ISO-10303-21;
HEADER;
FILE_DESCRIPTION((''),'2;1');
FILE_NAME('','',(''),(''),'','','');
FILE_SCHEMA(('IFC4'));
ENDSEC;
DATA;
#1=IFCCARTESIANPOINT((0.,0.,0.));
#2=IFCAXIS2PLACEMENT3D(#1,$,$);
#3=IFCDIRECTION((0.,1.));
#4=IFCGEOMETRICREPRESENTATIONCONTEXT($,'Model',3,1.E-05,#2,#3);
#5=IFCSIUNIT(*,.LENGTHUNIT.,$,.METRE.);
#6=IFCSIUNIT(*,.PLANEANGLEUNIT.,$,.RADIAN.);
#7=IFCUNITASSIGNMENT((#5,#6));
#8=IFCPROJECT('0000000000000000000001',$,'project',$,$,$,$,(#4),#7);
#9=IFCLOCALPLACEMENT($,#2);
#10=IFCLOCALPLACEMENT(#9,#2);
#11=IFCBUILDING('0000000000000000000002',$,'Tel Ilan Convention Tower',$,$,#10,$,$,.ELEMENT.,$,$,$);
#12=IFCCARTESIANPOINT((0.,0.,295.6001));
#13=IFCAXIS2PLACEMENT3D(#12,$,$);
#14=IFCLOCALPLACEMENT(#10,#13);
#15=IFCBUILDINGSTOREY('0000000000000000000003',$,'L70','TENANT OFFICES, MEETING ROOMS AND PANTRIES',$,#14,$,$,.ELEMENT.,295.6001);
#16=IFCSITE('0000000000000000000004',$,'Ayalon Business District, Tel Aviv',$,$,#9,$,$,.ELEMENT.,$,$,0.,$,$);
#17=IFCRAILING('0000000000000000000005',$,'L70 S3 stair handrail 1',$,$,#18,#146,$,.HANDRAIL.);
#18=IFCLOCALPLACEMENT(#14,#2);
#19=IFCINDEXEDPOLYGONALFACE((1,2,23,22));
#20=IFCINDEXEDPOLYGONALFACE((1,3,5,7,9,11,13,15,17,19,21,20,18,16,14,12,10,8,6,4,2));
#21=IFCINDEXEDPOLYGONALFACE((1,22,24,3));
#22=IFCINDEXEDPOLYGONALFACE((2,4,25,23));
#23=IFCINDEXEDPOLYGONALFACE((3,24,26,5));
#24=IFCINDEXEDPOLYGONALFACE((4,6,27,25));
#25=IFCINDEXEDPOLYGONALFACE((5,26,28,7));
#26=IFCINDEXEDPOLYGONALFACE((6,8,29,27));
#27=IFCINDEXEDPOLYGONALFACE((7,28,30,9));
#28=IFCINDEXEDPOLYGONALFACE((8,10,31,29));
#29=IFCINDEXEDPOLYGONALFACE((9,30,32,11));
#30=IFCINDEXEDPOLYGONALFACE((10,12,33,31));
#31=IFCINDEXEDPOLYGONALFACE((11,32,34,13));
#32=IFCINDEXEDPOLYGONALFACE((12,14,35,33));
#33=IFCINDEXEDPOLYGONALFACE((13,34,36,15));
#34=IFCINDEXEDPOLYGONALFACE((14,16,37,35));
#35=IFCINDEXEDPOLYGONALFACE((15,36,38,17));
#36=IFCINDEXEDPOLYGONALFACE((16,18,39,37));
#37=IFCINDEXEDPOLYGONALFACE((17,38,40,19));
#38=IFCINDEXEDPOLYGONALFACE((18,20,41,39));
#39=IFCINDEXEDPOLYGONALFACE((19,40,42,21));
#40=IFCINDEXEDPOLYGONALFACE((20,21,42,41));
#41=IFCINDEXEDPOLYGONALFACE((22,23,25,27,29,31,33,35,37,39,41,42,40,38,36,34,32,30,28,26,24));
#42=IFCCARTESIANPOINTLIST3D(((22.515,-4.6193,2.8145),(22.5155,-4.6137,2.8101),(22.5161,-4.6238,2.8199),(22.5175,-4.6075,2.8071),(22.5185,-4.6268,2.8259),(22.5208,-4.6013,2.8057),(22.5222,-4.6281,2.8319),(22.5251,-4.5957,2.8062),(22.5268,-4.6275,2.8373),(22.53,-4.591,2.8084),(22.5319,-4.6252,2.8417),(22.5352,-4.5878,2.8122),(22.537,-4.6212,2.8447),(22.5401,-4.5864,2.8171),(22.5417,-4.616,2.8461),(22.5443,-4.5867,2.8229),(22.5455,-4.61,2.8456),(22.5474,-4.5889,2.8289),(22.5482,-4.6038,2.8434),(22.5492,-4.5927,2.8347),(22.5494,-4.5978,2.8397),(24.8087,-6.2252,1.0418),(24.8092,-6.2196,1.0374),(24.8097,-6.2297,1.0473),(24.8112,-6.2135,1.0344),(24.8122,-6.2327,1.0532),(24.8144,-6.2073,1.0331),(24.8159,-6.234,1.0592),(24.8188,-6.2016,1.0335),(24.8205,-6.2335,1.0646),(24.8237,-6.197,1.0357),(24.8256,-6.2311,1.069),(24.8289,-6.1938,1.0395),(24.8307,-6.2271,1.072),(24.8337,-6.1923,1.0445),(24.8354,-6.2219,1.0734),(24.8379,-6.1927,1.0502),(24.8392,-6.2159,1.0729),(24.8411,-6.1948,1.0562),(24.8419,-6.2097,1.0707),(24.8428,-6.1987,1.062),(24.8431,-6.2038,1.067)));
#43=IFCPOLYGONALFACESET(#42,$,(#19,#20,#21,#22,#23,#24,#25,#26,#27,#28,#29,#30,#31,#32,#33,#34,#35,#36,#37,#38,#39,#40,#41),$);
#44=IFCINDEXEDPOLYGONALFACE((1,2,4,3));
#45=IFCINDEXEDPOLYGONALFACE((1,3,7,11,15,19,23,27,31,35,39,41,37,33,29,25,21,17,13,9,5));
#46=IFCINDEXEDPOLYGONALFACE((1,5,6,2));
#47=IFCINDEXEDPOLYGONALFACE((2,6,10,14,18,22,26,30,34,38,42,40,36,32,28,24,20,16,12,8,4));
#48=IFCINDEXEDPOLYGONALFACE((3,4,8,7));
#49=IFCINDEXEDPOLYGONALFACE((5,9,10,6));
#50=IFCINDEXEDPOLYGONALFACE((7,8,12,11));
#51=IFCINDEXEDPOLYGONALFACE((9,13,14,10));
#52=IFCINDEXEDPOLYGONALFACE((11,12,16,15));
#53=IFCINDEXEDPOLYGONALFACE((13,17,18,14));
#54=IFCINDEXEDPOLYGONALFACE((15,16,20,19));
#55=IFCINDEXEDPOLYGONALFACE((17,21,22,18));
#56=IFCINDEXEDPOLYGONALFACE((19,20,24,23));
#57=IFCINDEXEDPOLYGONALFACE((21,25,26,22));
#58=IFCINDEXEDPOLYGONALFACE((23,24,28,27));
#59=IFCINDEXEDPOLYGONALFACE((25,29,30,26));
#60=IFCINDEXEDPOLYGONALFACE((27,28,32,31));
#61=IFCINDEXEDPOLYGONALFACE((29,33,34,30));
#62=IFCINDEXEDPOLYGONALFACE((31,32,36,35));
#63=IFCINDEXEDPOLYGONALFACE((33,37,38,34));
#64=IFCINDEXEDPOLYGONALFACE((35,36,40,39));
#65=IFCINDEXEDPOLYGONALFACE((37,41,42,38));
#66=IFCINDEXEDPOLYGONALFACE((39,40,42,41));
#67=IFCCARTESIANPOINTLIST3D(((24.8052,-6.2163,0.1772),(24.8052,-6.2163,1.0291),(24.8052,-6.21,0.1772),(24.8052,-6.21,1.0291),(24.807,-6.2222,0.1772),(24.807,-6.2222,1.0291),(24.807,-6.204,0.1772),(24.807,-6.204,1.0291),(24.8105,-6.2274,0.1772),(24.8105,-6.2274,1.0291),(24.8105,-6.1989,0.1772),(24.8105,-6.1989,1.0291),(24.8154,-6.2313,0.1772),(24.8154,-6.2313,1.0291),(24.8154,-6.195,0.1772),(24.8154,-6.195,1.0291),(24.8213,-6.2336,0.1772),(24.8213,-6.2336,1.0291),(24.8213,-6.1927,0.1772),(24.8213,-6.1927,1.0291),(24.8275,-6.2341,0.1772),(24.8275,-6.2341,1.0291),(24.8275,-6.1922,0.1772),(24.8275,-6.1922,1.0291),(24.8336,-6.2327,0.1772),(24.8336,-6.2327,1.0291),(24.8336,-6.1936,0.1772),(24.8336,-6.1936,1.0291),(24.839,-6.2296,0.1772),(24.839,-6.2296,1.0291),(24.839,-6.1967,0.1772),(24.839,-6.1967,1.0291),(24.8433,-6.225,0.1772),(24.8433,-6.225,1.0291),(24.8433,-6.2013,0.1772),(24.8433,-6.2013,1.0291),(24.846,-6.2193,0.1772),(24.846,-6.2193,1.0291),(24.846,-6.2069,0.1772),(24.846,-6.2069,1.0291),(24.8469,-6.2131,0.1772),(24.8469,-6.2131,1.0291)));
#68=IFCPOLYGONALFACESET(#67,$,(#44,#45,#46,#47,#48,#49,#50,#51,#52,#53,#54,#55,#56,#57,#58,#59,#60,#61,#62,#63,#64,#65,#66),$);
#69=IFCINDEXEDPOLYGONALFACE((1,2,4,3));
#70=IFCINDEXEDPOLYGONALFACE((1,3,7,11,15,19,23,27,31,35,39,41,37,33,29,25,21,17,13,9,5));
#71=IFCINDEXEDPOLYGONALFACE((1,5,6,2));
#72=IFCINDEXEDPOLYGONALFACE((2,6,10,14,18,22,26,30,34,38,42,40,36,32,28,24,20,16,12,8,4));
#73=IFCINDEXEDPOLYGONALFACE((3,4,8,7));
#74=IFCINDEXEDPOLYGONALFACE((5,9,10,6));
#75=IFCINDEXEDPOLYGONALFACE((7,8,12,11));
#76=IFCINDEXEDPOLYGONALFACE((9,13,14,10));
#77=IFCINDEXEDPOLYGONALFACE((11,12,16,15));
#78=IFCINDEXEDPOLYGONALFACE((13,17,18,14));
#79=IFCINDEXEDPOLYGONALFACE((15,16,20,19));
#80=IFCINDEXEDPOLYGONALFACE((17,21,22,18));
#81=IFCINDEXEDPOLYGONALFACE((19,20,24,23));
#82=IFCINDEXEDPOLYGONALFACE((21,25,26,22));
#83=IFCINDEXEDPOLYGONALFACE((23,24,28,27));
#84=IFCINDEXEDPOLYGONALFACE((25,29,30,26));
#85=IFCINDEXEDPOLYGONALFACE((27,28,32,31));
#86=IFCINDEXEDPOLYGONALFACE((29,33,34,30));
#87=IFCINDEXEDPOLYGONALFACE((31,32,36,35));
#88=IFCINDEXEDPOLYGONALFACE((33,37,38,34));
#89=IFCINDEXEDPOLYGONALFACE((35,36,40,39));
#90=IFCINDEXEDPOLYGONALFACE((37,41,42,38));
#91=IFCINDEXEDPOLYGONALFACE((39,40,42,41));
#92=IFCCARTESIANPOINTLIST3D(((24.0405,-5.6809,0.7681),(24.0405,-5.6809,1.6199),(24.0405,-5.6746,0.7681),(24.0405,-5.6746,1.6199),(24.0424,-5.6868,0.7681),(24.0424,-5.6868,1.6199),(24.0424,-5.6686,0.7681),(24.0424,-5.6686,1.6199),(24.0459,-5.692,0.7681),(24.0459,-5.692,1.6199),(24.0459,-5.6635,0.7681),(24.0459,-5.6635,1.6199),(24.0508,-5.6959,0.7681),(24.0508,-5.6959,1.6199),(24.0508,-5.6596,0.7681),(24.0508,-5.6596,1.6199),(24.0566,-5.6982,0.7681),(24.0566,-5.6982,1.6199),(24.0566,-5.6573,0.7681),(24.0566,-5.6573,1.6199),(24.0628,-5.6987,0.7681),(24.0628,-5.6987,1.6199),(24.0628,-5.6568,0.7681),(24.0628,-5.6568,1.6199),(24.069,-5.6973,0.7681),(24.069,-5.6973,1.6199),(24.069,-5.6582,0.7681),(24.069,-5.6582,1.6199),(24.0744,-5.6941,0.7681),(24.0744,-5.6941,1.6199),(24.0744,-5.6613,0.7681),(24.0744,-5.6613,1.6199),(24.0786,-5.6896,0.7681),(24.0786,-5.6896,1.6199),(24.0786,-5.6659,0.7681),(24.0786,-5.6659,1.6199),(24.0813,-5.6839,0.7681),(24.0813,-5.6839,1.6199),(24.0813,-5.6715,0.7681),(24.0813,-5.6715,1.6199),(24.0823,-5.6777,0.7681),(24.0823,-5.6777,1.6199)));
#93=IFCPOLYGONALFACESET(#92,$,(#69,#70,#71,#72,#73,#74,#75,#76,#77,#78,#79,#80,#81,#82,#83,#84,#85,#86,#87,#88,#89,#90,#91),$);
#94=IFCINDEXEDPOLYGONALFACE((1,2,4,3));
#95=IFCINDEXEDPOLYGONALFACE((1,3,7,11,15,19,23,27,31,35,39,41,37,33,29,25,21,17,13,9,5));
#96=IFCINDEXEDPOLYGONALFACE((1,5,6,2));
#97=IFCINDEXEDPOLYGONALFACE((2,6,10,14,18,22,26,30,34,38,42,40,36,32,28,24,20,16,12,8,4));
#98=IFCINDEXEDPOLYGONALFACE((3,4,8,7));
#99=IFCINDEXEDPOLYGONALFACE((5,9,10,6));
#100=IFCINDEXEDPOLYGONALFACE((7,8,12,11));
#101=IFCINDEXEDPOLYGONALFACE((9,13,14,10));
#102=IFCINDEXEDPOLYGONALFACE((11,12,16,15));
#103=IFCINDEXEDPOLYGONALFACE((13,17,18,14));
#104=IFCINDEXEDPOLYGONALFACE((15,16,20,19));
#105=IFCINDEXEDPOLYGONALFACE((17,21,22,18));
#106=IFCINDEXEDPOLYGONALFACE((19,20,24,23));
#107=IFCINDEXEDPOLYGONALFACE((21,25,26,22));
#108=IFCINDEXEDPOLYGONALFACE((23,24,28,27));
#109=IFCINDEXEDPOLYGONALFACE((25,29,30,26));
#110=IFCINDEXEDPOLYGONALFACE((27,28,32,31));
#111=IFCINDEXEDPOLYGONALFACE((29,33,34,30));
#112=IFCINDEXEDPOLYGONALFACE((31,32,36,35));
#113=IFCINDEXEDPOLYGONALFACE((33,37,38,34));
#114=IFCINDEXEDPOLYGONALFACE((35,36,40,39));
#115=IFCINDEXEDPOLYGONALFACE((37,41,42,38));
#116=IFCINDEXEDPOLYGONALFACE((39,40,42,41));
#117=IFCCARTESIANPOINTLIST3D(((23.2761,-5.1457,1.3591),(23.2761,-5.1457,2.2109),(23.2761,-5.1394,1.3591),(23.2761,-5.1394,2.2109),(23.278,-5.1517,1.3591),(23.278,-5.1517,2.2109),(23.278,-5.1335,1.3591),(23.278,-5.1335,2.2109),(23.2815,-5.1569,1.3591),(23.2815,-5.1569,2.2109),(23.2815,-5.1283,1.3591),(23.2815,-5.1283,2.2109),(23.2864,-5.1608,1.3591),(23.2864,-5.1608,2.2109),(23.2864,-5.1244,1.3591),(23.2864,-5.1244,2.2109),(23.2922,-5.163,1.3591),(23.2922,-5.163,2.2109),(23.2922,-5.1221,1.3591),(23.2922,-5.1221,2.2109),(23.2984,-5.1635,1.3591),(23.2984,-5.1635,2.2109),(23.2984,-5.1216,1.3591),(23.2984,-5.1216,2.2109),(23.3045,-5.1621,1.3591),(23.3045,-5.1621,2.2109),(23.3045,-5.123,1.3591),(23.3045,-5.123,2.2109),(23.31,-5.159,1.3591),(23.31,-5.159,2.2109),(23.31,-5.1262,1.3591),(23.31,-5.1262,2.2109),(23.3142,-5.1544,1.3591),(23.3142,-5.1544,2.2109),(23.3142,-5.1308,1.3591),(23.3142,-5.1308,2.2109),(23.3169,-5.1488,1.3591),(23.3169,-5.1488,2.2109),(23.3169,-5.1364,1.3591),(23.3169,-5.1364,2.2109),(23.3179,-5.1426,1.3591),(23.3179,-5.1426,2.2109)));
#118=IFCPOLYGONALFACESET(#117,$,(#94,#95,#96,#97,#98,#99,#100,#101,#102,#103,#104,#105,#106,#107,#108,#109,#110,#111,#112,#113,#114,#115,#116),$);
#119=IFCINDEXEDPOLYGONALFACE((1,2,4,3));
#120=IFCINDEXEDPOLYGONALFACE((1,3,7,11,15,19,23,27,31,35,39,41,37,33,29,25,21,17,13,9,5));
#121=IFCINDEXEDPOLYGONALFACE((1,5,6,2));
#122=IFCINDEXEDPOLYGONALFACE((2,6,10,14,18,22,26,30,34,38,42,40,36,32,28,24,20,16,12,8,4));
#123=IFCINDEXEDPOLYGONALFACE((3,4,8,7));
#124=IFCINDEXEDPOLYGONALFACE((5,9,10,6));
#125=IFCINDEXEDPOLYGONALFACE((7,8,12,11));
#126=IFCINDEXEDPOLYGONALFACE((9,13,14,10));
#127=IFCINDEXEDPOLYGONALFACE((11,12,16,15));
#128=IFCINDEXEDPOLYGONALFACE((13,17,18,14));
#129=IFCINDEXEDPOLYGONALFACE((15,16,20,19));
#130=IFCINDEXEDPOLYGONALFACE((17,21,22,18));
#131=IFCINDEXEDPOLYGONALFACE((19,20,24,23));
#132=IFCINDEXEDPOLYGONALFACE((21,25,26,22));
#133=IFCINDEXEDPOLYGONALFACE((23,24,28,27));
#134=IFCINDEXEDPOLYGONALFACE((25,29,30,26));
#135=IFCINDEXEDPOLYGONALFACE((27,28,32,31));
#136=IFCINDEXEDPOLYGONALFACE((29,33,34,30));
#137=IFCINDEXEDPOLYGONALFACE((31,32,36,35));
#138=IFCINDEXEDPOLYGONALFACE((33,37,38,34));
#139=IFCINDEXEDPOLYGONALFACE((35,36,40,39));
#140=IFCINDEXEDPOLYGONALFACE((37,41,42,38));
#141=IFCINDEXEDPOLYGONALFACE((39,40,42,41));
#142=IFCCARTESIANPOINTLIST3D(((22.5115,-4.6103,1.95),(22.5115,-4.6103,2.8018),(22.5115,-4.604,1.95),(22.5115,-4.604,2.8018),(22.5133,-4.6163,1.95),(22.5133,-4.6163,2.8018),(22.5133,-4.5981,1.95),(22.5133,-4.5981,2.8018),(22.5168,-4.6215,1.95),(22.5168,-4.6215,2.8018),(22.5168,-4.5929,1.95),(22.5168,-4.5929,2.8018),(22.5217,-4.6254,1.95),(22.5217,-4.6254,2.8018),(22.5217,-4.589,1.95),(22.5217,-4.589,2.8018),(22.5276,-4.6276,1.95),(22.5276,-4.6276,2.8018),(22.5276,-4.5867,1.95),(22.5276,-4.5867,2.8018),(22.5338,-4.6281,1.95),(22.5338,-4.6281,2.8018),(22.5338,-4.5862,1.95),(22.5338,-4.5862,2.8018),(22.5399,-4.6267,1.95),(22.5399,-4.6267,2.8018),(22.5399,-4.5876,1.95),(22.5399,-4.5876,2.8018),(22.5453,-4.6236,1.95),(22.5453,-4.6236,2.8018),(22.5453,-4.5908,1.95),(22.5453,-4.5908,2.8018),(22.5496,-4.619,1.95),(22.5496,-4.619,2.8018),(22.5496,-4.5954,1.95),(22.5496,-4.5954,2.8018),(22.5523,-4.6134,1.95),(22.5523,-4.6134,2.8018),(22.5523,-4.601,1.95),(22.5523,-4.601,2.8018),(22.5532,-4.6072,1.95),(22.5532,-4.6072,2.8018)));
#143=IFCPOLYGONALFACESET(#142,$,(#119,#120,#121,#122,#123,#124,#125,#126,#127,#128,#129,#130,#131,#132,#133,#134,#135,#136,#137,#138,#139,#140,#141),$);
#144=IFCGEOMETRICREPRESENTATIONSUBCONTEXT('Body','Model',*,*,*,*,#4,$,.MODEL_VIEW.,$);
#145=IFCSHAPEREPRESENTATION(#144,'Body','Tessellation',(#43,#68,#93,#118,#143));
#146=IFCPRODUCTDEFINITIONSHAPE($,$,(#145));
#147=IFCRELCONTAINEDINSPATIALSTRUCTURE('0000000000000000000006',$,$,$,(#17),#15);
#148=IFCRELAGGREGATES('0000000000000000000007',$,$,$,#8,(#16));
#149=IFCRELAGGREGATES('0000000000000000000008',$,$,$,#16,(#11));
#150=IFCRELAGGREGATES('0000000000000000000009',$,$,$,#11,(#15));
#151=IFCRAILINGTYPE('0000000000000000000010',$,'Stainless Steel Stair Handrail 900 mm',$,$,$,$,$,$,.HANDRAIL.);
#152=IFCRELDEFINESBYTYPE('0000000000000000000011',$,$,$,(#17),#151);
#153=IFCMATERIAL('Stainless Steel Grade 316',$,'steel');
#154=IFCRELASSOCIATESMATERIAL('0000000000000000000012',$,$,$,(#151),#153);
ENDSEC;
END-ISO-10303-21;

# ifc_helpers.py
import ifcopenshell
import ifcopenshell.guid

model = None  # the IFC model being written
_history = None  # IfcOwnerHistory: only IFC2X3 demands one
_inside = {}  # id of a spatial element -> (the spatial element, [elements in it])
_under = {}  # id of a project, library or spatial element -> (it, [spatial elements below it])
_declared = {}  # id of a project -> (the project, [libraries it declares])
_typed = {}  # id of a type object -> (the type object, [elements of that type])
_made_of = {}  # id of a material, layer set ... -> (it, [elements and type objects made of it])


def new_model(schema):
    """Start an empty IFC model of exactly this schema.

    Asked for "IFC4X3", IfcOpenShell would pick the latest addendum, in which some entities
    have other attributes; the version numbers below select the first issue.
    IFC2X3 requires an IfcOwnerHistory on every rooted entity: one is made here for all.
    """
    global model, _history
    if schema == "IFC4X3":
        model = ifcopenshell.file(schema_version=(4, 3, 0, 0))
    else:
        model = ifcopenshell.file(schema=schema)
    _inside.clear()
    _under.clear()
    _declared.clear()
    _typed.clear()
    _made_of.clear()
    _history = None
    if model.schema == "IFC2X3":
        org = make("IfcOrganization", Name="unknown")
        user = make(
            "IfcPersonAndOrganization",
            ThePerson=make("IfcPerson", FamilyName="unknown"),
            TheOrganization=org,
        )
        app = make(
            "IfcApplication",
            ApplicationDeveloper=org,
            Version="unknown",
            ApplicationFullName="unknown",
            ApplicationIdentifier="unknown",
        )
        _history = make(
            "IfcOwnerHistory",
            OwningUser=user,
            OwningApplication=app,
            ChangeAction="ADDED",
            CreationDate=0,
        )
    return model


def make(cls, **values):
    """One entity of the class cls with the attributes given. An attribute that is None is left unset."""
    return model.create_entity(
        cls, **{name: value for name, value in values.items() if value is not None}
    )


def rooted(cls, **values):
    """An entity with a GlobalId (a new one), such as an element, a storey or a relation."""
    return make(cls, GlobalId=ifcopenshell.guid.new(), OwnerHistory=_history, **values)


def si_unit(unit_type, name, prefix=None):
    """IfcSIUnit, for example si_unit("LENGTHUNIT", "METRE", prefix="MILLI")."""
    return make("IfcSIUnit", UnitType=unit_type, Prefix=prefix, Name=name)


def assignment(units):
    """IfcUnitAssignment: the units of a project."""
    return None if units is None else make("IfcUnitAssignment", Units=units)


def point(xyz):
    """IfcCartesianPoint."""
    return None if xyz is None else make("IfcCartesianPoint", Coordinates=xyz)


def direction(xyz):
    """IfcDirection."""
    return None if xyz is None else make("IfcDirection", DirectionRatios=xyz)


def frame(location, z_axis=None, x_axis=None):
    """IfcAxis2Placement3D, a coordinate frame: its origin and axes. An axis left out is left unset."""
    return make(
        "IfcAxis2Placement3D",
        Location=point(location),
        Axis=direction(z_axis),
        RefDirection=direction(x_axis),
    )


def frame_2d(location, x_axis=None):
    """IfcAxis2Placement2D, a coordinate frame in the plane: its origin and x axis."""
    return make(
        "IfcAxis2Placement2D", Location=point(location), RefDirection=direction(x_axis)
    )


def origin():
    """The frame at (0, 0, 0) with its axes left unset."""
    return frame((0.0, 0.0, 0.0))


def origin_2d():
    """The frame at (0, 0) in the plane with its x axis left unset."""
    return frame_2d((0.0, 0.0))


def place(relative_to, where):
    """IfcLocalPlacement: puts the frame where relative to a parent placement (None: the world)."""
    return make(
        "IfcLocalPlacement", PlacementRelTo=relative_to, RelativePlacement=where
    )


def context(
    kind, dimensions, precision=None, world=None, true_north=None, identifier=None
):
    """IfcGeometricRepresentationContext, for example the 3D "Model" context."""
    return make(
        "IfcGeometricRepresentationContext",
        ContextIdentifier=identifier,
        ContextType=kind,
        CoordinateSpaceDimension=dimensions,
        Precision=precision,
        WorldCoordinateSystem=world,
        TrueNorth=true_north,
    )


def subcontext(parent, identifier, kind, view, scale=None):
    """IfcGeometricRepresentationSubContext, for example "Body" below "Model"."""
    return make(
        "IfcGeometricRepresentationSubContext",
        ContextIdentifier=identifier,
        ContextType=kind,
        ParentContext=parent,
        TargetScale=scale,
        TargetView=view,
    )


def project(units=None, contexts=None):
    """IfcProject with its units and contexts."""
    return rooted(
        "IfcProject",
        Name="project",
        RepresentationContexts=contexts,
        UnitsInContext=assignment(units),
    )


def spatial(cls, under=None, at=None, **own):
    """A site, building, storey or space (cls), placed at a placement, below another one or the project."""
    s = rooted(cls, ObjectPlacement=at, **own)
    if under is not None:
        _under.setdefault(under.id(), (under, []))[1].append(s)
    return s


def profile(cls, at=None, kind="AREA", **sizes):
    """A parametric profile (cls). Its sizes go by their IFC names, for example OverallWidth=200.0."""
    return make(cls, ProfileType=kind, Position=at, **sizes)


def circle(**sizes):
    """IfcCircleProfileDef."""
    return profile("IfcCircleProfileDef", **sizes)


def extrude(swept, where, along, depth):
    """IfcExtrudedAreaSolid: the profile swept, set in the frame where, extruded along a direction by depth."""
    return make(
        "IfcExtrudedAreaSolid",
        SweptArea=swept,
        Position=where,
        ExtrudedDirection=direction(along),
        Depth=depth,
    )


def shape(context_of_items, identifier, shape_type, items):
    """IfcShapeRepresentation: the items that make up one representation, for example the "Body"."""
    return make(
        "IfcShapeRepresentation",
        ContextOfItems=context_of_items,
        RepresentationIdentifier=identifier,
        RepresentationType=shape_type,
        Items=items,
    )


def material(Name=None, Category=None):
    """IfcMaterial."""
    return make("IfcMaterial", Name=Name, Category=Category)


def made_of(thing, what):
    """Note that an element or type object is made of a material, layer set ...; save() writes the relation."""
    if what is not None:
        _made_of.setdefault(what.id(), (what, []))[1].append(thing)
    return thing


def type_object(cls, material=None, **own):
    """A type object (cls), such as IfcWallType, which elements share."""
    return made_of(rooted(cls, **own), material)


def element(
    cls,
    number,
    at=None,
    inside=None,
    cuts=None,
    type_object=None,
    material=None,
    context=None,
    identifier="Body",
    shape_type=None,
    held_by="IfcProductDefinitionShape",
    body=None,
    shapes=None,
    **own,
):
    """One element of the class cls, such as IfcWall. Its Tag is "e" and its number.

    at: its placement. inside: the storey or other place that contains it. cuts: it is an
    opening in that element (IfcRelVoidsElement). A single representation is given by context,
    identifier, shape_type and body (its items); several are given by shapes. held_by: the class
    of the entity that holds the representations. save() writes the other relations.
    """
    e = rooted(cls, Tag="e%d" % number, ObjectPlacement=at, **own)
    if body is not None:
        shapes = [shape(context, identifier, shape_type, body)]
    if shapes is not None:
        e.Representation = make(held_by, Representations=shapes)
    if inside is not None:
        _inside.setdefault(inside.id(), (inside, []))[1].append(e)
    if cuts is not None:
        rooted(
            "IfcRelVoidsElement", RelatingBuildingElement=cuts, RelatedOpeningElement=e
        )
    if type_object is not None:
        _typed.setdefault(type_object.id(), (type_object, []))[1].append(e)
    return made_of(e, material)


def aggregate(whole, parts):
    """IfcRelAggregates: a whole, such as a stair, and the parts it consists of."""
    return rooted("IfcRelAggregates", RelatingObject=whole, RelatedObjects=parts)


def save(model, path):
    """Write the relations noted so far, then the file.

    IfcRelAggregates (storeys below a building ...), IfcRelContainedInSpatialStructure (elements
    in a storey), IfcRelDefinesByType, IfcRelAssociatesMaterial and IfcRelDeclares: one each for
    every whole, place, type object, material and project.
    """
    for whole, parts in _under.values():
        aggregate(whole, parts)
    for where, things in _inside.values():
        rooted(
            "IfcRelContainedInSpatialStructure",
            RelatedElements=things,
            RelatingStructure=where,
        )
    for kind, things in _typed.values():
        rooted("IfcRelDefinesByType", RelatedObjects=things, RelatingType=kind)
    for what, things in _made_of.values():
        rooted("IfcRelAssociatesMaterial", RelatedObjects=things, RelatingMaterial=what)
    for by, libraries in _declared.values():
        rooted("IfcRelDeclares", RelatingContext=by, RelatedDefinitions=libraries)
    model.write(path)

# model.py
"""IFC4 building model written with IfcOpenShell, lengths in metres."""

from ifc_helpers import new_model, si_unit, direction, frame, origin, origin_2d, place, context, subcontext, project, spatial, circle, extrude, material, type_object, element, save


model = new_model("IFC4")

# Units and contexts
model_context = context("Model", 3, precision=1e-05, world=origin(), true_north=direction((0.0, 1.0)))
body_context = subcontext(model_context, "Body", "Model", "MODEL_VIEW")
ifc_project = project(units=[si_unit("LENGTHUNIT", "METRE"), si_unit("PLANEANGLEUNIT", "RADIAN")], contexts=[model_context])

# Site, building, storey
site_placement = place(None, origin())
site = spatial("IfcSite", under=ifc_project, at=site_placement, Name="Ayalon Business District, Tel Aviv", CompositionType="ELEMENT", RefElevation=0.0)
building_placement = place(site_placement, origin())
building = spatial("IfcBuilding", under=site, at=building_placement, Name="Tel Ilan Convention Tower", CompositionType="ELEMENT")
storey_placement = place(building_placement, frame((0.0, 0.0, 295.6001)))
storey = spatial("IfcBuildingStorey", under=building, at=storey_placement, Name="L70", Description="TENANT OFFICES, MEETING ROOMS AND PANTRIES", CompositionType="ELEMENT", Elevation=295.6001)

# Railing
ifc_material_1 = material(Name="Stainless Steel Grade 316", Category="steel")
railing_type_1 = type_object("IfcRailingType", Name="Stainless Steel Stair Handrail 900 mm", PredefinedType="HANDRAIL", material=ifc_material_1)
for number, where, name in (
    (1, (24.8259, -6.2131, 0.1772), "L70 S3 stair handrail 1"),
):
    element("IfcRailing", number, at=place(storey_placement, frame(where)), inside=storey, type_object=railing_type_1, Name=name, PredefinedType="HANDRAIL", context=body_context, shape_type="SweptSolid", body=[
        extrude(circle(Radius=0.0239, at=origin_2d()), frame((0.0, 0.0, 0.876), z_axis=(-0.692123, 0.484597, 0.534913), x_axis=(-0.57355, -0.81917, 0.0)), (0.0, 0.0, 1.0), 3.314),
        extrude(circle(Radius=0.021, at=origin_2d()), origin(), (0.0, 0.0, 1.0), 0.8518),
        extrude(circle(Radius=0.021, at=origin_2d()), frame((-0.7646, 0.5354, 0.5908)), (0.0, 0.0, 1.0), 0.8518),
        extrude(circle(Radius=0.021, at=origin_2d()), frame((-1.5291, 1.0706, 1.1819)), (0.0, 0.0, 1.0), 0.8518),
        extrude(circle(Radius=0.021, at=origin_2d()), frame((-2.2937, 1.606, 1.7727)), (0.0, 0.0, 1.0), 0.8518),
    ])

save(model, "model.ifc")
